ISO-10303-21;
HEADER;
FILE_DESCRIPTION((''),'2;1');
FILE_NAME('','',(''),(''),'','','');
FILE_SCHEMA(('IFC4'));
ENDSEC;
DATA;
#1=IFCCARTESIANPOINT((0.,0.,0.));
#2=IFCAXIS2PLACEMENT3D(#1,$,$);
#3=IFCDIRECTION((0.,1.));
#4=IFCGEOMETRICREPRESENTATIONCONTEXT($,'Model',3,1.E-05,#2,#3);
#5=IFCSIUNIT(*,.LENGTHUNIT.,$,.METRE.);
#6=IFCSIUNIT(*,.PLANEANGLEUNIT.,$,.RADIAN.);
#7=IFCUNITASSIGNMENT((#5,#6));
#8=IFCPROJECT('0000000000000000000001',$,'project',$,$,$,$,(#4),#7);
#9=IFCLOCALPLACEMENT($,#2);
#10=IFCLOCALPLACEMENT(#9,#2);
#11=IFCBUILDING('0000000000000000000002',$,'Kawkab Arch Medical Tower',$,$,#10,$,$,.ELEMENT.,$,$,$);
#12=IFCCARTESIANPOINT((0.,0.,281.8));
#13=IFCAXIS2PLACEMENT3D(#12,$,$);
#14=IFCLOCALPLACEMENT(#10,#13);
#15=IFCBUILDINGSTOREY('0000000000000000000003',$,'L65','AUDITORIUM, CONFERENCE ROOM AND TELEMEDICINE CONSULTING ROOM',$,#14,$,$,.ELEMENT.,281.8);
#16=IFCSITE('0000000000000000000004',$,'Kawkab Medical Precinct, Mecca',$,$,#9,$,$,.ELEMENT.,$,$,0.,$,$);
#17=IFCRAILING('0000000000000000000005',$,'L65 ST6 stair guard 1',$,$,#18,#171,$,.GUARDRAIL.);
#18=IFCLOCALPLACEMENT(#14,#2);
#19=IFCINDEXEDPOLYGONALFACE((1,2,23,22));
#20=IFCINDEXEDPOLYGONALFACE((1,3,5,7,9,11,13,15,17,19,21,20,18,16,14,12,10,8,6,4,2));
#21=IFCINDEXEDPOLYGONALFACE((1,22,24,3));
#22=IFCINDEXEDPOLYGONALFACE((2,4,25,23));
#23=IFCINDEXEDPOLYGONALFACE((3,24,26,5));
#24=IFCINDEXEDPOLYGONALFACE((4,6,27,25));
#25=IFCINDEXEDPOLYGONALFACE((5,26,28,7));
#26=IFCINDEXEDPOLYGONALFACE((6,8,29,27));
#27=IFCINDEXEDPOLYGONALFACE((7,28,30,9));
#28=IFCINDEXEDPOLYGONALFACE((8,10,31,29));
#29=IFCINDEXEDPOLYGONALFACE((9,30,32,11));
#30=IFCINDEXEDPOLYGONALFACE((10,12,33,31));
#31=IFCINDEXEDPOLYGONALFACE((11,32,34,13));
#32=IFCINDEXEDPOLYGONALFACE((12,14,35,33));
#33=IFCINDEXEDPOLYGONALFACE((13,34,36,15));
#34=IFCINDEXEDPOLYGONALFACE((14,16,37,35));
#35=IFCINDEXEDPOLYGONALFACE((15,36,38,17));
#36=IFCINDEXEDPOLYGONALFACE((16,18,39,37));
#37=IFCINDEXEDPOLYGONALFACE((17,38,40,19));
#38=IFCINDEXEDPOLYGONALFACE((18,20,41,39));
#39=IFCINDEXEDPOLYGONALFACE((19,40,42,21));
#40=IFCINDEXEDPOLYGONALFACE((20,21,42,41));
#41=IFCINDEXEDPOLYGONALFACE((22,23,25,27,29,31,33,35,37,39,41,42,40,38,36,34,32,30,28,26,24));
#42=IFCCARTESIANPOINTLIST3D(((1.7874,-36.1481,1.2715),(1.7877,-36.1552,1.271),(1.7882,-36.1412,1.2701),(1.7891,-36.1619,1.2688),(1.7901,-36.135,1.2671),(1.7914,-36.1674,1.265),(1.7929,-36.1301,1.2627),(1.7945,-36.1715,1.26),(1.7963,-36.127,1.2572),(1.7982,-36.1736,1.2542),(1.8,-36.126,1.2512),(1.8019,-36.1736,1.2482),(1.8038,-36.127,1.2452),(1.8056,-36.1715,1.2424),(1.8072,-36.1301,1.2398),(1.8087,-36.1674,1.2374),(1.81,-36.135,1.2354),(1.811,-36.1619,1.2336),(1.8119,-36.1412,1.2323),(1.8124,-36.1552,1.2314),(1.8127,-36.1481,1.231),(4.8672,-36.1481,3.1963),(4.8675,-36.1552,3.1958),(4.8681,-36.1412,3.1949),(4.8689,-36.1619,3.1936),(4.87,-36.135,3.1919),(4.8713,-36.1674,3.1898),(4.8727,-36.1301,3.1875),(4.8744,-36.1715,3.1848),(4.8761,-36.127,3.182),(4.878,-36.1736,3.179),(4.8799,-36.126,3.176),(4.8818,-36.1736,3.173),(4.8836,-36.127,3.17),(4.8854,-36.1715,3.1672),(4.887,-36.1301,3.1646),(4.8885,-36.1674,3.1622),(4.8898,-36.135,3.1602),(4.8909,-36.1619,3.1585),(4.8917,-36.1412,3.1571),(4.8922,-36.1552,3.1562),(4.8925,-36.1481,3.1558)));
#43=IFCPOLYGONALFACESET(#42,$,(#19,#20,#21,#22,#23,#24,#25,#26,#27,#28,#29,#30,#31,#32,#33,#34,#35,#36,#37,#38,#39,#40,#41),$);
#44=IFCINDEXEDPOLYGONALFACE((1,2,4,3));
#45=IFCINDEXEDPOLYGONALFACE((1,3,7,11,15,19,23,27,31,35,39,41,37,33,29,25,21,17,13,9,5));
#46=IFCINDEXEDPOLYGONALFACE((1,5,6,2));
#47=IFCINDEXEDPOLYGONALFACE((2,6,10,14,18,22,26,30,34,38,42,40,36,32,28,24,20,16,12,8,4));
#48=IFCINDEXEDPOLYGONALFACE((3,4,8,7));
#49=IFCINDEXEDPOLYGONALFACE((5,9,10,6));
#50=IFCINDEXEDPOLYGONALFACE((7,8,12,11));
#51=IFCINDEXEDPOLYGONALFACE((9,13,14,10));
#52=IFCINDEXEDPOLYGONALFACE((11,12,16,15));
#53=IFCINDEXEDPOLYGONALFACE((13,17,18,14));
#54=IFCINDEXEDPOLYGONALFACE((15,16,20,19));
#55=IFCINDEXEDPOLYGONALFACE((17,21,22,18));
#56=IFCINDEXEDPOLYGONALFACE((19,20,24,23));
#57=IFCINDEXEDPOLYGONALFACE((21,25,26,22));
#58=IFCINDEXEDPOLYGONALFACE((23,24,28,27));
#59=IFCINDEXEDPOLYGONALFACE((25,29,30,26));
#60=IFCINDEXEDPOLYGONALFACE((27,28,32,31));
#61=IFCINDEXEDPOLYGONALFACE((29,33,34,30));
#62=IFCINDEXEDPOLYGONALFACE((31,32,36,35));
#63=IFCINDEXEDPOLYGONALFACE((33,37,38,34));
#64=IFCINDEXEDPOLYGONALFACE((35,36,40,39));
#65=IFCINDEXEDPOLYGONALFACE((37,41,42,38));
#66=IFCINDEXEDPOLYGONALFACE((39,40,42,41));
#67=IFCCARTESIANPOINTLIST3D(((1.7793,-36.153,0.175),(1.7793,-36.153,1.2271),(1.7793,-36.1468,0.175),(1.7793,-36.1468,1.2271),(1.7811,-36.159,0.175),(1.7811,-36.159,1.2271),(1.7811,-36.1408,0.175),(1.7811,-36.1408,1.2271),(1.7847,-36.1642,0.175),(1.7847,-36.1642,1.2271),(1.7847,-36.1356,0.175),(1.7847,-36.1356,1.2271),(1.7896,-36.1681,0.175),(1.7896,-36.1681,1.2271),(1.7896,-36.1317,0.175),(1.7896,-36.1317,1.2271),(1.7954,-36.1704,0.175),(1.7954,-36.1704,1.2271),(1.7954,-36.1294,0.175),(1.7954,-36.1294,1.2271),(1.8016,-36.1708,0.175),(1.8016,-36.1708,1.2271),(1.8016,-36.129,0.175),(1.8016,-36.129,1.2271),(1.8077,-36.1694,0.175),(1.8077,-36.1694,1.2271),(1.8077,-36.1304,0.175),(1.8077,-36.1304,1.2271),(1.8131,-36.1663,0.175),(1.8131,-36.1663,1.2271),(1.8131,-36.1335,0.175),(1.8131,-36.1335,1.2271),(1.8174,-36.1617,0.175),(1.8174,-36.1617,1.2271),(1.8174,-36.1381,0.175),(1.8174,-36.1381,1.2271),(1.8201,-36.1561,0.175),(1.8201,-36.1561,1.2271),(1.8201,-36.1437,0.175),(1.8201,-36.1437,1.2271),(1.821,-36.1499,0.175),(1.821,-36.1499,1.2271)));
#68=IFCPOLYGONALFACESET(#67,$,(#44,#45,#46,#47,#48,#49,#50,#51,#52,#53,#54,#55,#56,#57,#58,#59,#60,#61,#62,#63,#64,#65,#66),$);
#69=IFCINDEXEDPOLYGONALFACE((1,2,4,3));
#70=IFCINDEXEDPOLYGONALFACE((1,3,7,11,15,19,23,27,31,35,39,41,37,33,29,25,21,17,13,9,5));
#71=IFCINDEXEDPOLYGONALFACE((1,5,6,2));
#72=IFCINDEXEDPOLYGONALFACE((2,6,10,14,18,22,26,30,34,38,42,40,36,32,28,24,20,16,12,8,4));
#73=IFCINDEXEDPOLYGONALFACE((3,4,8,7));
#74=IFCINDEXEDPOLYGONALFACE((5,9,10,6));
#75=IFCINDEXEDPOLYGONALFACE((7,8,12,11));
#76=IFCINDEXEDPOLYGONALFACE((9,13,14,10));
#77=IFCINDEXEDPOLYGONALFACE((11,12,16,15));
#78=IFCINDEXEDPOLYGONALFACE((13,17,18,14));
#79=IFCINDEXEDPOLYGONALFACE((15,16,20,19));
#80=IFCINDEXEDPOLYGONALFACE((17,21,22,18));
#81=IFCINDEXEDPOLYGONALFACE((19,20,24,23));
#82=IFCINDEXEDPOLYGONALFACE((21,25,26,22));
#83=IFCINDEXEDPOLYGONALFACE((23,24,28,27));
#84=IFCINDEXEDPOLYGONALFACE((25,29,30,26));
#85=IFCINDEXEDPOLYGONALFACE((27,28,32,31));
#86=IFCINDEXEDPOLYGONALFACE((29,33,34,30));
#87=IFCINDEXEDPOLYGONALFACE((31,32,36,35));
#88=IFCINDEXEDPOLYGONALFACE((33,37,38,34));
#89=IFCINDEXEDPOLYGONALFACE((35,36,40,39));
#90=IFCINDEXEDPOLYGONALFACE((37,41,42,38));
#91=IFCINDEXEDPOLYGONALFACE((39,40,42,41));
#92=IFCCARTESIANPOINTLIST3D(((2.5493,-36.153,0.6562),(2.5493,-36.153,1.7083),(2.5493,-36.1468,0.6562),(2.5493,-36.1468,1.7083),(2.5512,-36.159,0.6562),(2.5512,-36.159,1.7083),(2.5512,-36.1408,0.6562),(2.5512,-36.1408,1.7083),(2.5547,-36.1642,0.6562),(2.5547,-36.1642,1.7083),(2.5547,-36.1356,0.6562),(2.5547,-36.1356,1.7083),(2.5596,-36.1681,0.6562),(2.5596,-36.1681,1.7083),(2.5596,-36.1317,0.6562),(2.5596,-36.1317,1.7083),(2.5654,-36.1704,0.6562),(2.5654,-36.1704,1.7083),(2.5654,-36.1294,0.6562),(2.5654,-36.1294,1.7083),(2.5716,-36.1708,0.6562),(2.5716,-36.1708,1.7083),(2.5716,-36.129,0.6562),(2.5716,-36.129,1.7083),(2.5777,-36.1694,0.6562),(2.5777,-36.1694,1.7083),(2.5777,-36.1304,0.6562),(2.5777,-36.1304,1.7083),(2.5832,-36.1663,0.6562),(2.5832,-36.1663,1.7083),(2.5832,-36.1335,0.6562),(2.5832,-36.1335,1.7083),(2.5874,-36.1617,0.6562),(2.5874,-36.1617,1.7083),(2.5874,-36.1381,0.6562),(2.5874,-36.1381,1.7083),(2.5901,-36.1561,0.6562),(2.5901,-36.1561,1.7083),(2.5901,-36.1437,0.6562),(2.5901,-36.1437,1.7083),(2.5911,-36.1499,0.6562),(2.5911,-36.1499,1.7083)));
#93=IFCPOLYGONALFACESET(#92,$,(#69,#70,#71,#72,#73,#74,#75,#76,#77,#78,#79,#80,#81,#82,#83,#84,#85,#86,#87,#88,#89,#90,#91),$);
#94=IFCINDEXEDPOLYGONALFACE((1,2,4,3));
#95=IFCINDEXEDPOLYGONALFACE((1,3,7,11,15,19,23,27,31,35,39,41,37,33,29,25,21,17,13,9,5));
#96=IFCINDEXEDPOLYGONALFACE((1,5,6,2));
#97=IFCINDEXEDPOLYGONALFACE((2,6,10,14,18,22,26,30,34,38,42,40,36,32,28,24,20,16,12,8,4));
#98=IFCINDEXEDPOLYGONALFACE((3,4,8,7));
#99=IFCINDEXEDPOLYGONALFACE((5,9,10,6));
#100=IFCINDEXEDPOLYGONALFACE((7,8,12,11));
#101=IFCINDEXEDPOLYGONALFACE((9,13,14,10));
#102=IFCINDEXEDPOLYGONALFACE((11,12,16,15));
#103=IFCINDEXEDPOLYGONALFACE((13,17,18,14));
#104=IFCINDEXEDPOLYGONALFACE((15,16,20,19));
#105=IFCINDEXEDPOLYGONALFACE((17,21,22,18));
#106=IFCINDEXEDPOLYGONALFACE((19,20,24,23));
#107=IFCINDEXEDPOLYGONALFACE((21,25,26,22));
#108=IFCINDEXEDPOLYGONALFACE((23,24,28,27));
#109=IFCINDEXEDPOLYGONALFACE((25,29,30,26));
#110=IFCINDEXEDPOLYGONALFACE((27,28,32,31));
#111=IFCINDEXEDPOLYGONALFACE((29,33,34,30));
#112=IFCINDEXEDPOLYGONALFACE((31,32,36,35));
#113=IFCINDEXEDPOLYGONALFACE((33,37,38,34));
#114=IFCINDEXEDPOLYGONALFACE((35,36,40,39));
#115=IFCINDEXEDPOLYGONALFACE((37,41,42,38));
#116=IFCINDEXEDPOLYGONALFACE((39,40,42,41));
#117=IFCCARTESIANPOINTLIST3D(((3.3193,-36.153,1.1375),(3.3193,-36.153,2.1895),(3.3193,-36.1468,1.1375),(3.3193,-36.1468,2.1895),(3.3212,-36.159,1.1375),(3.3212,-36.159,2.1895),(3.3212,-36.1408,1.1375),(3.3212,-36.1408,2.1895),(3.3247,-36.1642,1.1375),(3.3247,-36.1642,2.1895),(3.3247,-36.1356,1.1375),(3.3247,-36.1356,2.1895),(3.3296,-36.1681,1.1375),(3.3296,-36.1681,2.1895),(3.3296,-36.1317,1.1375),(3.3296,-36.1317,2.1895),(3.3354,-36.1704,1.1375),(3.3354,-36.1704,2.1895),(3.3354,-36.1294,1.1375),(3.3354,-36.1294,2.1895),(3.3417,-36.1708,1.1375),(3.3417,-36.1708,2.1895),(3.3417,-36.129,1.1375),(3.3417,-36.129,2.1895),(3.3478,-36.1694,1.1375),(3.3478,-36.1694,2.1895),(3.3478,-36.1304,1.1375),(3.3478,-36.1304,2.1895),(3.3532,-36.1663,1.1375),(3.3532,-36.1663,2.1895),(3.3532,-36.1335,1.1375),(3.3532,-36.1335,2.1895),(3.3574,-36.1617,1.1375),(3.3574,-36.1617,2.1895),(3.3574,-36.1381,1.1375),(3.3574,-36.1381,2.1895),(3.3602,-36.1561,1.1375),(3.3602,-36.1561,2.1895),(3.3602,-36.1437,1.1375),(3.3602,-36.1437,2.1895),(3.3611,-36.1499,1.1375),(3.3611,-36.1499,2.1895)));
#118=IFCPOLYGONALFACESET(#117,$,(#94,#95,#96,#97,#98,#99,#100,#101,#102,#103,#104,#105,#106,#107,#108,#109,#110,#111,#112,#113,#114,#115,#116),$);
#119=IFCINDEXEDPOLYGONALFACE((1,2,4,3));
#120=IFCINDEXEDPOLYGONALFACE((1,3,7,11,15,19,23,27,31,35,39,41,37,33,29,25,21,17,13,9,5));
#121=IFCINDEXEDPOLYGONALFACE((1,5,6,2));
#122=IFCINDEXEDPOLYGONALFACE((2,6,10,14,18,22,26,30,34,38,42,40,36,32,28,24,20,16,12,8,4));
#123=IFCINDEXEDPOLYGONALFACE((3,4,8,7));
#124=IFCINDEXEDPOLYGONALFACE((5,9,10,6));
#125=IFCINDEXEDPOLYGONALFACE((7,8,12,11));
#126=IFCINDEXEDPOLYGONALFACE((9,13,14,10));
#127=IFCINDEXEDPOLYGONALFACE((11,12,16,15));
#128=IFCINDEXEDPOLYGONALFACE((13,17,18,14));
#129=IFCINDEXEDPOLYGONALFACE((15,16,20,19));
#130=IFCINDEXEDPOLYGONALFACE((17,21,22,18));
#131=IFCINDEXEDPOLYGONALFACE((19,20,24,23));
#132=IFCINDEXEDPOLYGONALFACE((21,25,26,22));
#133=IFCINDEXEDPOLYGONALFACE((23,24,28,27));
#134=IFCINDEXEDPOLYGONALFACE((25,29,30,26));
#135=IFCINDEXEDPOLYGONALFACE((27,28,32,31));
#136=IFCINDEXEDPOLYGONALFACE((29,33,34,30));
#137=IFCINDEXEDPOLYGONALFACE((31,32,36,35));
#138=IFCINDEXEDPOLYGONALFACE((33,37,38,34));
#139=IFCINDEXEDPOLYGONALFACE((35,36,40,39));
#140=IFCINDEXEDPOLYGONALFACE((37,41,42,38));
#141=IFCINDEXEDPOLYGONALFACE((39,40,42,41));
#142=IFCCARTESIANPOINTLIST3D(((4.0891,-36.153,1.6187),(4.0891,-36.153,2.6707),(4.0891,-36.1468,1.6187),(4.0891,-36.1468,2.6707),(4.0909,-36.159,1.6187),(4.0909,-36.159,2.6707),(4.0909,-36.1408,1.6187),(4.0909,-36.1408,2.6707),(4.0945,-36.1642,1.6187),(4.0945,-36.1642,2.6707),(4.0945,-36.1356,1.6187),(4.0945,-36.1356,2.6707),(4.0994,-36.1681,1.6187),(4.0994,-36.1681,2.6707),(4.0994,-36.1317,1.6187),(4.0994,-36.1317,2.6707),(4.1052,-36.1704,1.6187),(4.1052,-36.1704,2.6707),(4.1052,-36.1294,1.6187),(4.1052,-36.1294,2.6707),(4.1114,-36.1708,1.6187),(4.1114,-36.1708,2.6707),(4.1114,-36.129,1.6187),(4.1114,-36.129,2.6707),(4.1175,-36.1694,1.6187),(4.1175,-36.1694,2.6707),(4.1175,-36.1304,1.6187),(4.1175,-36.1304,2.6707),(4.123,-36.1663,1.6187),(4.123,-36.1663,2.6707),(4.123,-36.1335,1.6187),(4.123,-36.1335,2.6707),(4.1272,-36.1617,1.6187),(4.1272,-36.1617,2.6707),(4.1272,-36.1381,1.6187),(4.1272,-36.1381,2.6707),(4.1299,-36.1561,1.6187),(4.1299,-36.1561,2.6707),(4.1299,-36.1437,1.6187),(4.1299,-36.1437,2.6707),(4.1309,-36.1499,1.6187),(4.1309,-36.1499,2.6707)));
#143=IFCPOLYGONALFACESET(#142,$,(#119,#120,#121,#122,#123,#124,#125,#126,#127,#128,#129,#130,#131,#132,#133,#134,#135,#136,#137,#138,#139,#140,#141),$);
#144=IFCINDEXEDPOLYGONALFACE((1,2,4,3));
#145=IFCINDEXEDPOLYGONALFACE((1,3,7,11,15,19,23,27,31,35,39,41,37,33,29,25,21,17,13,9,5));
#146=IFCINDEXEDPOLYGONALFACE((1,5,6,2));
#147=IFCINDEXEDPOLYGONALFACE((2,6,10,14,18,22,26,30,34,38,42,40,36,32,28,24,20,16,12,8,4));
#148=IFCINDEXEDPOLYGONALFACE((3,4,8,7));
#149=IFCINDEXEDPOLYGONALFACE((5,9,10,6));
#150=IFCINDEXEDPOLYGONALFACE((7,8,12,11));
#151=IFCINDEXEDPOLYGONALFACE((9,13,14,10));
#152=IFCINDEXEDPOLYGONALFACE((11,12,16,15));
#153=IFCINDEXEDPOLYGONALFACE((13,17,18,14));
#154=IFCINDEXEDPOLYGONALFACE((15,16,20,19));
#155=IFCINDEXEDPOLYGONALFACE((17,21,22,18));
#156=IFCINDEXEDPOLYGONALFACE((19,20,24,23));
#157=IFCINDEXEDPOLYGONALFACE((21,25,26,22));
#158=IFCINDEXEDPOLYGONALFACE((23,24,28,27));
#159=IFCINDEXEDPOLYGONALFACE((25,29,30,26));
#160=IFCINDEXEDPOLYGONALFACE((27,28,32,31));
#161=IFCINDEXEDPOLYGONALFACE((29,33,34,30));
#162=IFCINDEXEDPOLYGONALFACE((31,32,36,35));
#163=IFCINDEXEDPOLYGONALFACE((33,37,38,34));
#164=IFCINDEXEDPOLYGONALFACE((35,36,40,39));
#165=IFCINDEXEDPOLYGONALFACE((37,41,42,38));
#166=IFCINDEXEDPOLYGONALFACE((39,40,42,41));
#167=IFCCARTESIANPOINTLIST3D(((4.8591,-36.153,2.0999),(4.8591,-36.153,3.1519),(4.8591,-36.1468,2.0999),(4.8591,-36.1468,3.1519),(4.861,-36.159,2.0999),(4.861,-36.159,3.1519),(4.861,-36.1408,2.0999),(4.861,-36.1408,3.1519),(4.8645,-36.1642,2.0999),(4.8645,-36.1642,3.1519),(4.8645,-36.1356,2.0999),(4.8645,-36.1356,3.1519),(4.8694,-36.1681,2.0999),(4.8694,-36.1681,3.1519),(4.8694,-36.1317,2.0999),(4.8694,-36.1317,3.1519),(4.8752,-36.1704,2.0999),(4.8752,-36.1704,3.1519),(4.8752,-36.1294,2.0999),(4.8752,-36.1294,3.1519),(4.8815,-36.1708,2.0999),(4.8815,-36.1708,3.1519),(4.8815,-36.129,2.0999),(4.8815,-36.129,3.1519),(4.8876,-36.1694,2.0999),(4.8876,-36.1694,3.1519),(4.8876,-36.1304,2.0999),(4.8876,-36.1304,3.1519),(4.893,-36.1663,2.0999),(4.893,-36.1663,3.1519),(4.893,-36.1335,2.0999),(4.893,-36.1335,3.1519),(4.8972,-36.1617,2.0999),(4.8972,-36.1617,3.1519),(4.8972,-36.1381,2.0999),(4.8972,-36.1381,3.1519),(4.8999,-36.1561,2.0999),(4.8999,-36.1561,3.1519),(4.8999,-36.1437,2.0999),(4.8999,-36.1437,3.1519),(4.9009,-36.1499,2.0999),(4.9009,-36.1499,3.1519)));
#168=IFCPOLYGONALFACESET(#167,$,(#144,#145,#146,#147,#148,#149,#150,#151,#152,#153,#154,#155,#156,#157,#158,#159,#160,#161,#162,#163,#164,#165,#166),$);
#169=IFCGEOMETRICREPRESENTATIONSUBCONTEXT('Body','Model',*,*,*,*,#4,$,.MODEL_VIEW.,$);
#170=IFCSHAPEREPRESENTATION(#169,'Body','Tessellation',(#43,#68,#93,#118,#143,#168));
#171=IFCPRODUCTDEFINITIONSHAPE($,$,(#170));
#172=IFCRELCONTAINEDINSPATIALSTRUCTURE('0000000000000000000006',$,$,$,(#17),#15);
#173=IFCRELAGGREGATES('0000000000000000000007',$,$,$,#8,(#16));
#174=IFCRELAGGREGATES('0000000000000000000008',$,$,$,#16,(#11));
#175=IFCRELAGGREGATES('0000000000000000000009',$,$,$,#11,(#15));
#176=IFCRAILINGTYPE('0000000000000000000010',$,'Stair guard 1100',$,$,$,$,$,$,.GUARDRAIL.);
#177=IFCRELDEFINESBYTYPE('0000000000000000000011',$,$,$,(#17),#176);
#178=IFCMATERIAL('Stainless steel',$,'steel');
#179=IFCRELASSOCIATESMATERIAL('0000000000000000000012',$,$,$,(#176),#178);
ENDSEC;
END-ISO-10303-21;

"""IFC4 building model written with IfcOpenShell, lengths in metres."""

from ifc_helpers import new_model, si_unit, direction, frame, origin, origin_2d, place, context, subcontext, project, spatial, circle, extrude, material, type_object, element, save


model = new_model("IFC4")

# Units and contexts
model_context = context("Model", 3, precision=1e-05, world=origin(), true_north=direction((0.0, 1.0)))
body_context = subcontext(model_context, "Body", "Model", "MODEL_VIEW")
ifc_project = project(units=[si_unit("LENGTHUNIT", "METRE"), si_unit("PLANEANGLEUNIT", "RADIAN")], contexts=[model_context])

# Site, building, storey
site_placement = place(None, origin())
site = spatial("IfcSite", under=ifc_project, at=site_placement, Name="Kawkab Medical Precinct, Mecca", CompositionType="ELEMENT", RefElevation=0.0)
building_placement = place(site_placement, origin())
building = spatial("IfcBuilding", under=site, at=building_placement, Name="Kawkab Arch Medical Tower", CompositionType="ELEMENT")
storey_placement = place(building_placement, frame((0.0, 0.0, 281.8)))
storey = spatial("IfcBuildingStorey", under=building, at=storey_placement, Name="L65", Description="AUDITORIUM, CONFERENCE ROOM AND TELEMEDICINE CONSULTING ROOM", CompositionType="ELEMENT", Elevation=281.8)

# Railing
ifc_material_1 = material(Name="Stainless steel", Category="steel")
railing_type_1 = type_object("IfcRailingType", Name="Stair guard 1100", PredefinedType="GUARDRAIL", material=ifc_material_1)
railing_1_placement = place(storey_placement, frame((1.8, -36.1499, 0.175)))
element("IfcRailing", 1, at=railing_1_placement, inside=storey, type_object=railing_type_1, Name="L65 ST6 stair guard 1", PredefinedType="GUARDRAIL", context=body_context, shape_type="SweptSolid", body=[
    extrude(circle(Radius=0.0239, at=origin_2d()), frame((0.0, 0.0, 1.0762), z_axis=(0.84801, 0.0, 0.529981), x_axis=(0.0, 1.0, 0.0)), (0.0, 0.0, 1.0), 3.6318),
    extrude(circle(Radius=0.021, at=origin_2d()), origin(), (0.0, 0.0, 1.0), 1.052),
    extrude(circle(Radius=0.021, at=origin_2d()), frame((0.77, 0.0, 0.4812)), (0.0, 0.0, 1.0), 1.052),
    extrude(circle(Radius=0.021, at=origin_2d()), frame((1.54, 0.0, 0.9624)), (0.0, 0.0, 1.0), 1.052),
    extrude(circle(Radius=0.021, at=origin_2d()), frame((2.3098, 0.0, 1.4436)), (0.0, 0.0, 1.0), 1.052),
    extrude(circle(Radius=0.021, at=origin_2d()), frame((3.0798, 0.0, 1.9248)), (0.0, 0.0, 1.0), 1.052),
])

save(model, "model.ifc")
